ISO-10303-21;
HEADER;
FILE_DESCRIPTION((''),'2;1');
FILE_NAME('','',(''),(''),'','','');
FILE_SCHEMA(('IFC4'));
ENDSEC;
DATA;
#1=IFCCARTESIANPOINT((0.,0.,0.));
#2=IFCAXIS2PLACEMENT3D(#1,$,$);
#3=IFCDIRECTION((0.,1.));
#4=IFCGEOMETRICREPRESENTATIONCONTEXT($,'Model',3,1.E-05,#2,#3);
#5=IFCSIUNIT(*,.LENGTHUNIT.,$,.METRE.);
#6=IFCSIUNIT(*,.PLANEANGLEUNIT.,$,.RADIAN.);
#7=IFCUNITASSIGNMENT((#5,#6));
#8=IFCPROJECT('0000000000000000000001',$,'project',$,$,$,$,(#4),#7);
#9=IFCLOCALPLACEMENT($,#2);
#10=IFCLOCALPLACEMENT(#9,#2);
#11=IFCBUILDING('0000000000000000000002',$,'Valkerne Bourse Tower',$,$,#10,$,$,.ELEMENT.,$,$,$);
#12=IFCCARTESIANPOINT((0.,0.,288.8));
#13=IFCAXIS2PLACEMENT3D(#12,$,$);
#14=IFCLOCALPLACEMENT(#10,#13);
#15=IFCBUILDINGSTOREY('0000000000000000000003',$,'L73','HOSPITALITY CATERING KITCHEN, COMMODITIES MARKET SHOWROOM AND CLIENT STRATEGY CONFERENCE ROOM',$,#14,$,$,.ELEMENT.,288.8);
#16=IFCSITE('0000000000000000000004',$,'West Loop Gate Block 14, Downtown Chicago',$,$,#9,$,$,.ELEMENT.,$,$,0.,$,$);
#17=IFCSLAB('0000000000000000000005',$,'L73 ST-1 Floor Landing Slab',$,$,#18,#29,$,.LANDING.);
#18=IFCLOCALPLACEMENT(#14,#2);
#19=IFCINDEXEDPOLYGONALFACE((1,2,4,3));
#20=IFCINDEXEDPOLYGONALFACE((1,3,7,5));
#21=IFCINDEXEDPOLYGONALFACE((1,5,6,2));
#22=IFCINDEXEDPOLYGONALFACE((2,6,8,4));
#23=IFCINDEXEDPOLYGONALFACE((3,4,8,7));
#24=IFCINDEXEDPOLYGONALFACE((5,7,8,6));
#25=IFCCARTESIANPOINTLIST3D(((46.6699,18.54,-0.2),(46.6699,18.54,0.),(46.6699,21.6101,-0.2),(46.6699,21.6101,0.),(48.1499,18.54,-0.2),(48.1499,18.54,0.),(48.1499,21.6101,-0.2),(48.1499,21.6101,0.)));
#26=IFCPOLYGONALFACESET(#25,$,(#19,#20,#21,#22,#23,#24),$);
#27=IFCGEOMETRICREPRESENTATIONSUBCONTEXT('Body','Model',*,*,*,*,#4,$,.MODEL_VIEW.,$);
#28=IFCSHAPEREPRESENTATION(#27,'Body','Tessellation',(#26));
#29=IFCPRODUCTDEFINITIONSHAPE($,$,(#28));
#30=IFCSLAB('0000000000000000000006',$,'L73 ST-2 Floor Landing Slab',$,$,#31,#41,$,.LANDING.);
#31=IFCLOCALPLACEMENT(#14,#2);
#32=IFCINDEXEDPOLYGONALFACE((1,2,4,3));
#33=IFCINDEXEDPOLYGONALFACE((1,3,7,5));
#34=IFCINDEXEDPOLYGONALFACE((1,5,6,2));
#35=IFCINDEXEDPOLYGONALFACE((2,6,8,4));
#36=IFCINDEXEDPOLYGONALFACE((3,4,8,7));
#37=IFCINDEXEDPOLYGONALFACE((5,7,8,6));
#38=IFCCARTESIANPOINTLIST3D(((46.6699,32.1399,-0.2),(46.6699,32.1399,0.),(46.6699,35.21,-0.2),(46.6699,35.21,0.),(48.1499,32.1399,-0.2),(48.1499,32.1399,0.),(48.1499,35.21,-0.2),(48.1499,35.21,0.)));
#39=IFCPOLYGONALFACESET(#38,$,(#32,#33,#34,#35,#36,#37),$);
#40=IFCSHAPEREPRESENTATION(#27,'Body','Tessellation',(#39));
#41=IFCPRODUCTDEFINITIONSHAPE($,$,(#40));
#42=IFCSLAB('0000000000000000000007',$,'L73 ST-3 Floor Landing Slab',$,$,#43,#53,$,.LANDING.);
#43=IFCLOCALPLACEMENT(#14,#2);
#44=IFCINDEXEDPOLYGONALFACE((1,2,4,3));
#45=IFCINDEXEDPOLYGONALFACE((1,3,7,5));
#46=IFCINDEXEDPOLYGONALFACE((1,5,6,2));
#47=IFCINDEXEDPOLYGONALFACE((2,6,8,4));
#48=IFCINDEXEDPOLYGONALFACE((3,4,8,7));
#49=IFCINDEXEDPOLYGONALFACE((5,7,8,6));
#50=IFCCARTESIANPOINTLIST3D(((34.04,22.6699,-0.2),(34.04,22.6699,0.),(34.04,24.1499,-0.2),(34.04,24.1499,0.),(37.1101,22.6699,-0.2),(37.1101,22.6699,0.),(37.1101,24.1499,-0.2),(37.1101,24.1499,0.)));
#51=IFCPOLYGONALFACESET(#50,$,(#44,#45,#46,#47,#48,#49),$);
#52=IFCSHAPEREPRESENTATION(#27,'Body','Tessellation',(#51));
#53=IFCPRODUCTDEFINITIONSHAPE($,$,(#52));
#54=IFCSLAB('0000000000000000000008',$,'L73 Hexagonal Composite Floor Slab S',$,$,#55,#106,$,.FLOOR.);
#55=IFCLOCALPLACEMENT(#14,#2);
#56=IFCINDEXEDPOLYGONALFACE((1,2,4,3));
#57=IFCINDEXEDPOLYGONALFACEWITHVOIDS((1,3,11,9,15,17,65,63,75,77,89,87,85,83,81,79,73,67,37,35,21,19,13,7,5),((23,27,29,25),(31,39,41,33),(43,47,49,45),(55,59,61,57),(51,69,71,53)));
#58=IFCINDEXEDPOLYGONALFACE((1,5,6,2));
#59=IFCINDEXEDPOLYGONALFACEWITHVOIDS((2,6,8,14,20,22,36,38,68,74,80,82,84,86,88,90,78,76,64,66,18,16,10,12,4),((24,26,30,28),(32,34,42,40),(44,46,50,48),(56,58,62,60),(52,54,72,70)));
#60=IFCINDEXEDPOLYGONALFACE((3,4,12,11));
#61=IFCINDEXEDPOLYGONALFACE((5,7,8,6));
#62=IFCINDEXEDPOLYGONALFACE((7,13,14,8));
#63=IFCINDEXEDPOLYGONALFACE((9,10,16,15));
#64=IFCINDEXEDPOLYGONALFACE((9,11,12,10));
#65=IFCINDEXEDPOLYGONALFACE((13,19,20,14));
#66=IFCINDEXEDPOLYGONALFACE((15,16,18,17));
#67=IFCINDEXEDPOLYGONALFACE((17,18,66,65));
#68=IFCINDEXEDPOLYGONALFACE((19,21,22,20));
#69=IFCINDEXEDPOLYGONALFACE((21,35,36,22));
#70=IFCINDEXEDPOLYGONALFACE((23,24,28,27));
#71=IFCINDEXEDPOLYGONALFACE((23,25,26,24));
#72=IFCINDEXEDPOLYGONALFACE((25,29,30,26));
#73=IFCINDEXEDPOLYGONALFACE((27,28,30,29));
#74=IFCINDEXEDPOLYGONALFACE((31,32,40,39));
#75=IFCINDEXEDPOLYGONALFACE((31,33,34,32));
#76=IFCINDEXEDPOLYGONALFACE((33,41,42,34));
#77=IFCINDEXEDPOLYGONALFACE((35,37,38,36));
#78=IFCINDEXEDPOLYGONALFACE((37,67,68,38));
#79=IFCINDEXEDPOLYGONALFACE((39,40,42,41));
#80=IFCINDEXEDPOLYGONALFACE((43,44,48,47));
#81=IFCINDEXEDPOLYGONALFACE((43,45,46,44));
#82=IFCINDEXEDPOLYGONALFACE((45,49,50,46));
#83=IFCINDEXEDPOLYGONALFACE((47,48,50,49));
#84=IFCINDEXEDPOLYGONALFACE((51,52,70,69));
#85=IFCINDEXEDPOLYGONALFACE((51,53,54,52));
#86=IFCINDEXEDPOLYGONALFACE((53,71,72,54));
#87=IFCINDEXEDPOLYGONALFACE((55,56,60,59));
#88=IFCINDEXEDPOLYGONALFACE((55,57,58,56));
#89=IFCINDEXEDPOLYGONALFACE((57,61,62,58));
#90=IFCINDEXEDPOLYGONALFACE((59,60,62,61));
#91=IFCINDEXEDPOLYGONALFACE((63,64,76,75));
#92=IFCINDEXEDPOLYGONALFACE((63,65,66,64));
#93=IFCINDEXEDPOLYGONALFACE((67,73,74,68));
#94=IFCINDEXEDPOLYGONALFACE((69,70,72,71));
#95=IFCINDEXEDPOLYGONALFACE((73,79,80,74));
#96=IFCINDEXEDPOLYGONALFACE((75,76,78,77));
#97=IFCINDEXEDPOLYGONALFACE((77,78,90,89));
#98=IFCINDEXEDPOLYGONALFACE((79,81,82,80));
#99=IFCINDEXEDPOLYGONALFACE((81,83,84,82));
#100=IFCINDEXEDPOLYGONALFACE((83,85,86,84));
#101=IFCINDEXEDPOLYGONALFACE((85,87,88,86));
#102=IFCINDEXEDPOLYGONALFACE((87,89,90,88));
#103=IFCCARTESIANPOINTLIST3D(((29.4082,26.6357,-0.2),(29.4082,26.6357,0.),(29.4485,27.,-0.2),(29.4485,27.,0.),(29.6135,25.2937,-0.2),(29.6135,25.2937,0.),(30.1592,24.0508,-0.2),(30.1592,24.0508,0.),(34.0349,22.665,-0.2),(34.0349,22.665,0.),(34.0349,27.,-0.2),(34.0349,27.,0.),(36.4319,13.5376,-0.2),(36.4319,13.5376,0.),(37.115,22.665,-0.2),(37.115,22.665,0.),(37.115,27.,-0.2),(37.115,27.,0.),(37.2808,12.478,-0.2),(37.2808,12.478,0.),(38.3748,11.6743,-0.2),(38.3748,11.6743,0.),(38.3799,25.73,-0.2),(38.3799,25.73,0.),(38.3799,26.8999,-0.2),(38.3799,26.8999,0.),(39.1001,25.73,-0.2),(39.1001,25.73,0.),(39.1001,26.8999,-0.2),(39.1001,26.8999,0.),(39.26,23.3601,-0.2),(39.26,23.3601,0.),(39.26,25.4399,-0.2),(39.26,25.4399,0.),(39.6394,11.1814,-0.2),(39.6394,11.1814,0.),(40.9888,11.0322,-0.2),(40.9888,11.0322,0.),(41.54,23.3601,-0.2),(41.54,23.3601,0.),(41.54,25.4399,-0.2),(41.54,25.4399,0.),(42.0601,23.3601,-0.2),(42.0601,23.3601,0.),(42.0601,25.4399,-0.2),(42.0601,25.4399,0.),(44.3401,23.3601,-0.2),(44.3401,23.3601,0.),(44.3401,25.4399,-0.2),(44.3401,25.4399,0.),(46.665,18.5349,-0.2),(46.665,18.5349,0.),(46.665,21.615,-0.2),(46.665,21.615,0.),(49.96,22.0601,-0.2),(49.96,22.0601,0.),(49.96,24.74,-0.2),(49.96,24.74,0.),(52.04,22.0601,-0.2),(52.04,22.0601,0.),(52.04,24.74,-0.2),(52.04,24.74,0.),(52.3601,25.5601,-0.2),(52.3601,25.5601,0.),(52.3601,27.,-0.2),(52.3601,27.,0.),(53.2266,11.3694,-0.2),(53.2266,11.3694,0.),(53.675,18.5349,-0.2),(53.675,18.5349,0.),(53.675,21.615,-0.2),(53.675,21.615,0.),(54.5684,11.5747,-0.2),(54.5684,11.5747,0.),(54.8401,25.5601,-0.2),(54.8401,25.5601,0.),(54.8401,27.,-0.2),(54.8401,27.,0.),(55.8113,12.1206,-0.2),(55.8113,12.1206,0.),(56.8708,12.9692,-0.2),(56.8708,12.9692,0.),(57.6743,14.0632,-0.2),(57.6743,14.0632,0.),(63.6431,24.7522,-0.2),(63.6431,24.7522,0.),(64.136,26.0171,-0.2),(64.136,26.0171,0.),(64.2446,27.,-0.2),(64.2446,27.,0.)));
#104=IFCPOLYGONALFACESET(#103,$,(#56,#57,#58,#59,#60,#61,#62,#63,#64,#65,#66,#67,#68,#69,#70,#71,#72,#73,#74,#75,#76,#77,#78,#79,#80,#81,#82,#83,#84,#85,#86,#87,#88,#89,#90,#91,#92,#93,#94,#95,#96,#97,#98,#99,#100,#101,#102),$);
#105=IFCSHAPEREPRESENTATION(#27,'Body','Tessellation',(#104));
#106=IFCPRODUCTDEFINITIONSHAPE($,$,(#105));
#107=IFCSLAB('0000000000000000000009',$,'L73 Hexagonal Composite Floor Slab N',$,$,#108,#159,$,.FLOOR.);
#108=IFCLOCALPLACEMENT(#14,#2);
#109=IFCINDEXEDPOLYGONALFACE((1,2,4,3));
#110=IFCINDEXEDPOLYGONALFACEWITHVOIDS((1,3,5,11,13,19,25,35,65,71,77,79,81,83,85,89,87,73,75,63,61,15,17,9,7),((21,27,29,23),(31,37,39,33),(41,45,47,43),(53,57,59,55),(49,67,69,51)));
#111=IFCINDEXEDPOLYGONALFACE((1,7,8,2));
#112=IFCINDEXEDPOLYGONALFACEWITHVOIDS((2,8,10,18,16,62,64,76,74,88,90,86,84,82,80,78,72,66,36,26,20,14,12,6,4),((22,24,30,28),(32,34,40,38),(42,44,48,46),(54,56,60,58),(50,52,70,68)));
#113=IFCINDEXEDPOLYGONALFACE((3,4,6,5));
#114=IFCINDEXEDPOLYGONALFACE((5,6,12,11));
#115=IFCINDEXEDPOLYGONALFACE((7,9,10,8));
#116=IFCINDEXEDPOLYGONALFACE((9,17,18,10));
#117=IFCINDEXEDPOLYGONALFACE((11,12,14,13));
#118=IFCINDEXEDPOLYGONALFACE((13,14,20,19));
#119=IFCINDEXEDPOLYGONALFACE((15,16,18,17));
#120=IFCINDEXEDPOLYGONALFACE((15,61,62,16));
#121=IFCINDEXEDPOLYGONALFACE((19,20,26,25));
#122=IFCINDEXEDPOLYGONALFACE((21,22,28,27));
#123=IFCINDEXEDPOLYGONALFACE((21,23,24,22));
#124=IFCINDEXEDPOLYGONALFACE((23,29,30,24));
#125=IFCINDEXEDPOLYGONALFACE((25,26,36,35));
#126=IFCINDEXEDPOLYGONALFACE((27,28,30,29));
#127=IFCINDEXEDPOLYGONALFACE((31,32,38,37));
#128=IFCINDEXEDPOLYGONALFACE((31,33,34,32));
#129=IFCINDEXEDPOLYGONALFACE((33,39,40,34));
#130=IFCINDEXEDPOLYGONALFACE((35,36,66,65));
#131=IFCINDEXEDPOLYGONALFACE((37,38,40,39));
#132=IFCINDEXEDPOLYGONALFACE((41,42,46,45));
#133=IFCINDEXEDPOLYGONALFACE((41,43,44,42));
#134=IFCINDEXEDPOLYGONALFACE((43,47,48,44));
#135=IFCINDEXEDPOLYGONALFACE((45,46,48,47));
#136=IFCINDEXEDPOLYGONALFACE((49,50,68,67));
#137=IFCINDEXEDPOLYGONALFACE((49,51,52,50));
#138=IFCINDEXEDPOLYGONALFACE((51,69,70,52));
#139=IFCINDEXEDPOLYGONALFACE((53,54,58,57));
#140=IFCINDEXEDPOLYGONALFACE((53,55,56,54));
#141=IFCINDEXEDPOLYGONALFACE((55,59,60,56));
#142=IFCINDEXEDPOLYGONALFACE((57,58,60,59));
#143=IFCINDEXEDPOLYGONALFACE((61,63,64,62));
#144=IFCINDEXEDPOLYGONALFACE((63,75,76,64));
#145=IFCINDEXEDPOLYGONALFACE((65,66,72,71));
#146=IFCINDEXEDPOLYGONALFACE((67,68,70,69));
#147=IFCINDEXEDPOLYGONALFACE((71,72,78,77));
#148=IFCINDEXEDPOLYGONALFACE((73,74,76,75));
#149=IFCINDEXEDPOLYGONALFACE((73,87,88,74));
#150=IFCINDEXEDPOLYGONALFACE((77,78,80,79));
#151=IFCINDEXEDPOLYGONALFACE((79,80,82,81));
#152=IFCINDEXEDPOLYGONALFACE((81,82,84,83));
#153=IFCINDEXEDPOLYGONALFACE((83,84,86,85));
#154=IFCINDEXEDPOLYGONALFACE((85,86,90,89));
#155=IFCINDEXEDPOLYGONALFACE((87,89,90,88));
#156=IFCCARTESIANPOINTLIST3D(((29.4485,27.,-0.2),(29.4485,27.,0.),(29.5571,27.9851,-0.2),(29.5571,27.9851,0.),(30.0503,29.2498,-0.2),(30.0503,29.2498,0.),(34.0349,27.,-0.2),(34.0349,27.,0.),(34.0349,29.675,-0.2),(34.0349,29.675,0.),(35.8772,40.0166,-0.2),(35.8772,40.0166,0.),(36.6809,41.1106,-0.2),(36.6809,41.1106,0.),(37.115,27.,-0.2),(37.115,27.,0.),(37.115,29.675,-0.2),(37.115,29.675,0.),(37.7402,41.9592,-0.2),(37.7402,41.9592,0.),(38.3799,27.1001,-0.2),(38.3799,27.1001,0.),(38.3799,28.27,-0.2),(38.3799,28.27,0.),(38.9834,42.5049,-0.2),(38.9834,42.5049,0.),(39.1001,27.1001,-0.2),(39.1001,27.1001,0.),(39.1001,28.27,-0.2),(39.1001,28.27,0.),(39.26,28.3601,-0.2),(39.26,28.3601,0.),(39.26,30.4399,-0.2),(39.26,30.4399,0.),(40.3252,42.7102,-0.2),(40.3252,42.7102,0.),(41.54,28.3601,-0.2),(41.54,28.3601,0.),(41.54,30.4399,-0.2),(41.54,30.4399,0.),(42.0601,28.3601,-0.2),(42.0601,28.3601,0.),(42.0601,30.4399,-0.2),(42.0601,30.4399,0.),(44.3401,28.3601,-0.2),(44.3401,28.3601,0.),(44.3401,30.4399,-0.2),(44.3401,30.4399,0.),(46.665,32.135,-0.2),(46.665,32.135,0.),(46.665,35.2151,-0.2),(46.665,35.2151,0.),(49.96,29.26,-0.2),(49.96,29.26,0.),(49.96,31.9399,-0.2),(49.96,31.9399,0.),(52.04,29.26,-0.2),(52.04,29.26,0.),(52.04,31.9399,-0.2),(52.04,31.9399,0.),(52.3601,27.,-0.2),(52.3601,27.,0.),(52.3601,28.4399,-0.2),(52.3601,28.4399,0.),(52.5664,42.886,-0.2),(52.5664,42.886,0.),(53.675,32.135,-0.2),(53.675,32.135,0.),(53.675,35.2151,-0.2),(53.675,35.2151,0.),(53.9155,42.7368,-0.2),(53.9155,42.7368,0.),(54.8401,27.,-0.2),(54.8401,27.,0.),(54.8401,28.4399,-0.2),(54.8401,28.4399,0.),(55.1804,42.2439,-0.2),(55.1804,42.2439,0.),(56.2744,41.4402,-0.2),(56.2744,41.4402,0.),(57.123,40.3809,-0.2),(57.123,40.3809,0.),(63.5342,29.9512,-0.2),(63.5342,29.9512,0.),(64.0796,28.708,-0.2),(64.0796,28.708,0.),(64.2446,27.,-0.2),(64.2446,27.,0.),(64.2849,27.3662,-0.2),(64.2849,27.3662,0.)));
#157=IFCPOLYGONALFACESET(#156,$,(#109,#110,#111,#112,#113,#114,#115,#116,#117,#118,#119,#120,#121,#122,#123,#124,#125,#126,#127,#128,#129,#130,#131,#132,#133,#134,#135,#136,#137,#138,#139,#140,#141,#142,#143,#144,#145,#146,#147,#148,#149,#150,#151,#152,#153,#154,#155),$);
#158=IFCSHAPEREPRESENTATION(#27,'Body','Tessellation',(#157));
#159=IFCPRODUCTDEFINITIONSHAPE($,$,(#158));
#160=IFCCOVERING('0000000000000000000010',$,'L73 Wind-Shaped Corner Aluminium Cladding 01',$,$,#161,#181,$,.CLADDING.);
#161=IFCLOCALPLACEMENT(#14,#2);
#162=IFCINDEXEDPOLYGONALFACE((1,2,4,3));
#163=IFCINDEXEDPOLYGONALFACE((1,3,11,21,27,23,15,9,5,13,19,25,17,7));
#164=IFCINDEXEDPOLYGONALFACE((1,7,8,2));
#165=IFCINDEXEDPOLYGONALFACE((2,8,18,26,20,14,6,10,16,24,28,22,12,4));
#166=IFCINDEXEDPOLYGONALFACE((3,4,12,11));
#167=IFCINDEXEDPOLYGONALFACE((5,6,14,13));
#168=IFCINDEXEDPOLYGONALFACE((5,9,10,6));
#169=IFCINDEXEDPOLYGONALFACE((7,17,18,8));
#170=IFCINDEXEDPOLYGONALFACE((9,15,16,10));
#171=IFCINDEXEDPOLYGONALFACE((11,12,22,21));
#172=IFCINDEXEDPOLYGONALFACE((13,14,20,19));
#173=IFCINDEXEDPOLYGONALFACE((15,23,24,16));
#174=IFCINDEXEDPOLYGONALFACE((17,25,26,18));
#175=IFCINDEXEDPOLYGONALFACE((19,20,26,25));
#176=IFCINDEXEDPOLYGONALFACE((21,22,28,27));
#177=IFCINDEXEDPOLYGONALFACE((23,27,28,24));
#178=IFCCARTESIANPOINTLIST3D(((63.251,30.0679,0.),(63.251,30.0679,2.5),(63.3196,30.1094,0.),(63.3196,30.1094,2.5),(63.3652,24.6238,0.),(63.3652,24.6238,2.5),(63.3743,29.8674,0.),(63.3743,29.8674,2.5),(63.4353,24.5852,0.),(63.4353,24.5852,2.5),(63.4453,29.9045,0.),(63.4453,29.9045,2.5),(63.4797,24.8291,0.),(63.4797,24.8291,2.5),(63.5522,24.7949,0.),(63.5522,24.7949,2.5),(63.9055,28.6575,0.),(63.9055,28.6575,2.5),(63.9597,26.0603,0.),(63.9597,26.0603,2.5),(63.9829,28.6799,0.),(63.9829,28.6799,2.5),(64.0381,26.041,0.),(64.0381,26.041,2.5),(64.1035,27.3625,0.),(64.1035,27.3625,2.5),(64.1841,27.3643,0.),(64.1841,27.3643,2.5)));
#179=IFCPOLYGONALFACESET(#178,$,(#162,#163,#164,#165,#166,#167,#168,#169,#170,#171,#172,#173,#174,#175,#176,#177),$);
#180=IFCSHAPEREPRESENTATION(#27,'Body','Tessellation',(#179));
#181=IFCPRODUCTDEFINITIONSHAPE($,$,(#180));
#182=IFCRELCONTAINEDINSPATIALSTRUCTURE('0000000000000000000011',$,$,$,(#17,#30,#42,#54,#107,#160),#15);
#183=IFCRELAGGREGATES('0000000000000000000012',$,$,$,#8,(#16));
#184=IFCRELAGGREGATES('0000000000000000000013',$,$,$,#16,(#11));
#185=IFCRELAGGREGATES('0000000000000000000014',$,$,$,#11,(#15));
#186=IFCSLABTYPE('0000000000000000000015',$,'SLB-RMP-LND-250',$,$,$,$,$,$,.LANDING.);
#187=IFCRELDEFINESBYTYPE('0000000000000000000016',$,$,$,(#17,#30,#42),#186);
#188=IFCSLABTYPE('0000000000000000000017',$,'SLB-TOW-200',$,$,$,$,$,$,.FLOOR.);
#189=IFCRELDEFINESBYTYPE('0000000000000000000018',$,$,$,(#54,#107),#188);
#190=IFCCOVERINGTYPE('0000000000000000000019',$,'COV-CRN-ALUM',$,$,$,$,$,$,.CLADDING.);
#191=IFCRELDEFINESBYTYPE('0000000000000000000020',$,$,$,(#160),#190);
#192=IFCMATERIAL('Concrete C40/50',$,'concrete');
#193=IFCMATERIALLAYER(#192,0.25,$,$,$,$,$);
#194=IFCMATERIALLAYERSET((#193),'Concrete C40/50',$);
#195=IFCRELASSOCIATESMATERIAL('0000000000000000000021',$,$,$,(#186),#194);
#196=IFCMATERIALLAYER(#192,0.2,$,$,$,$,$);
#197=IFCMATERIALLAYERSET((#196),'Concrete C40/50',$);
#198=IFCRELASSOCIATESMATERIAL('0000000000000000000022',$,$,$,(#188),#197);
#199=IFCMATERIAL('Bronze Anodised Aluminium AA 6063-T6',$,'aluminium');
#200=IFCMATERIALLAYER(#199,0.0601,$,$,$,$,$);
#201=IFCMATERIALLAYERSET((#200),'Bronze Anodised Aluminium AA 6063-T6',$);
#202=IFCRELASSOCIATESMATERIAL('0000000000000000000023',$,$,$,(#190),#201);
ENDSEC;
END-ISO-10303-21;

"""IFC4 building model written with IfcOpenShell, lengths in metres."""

from ifc_helpers import new_model, si_unit, direction, frame, origin, place, context, subcontext, project, spatial, polyline, outline, extrude, material, layer, layer_set, type_object, element, save


model = new_model("IFC4")

# Units and contexts
model_context = context("Model", 3, precision=1e-05, world=origin(), true_north=direction((0.0, 1.0)))
body_context = subcontext(model_context, "Body", "Model", "MODEL_VIEW")
ifc_project = project(units=[si_unit("LENGTHUNIT", "METRE"), si_unit("PLANEANGLEUNIT", "RADIAN")], contexts=[model_context])

# Site, building, storey
site_placement = place(None, origin())
site = spatial("IfcSite", under=ifc_project, at=site_placement, Name="West Loop Gate Block 14, Downtown Chicago", CompositionType="ELEMENT", RefElevation=0.0)
building_placement = place(site_placement, origin())
building = spatial("IfcBuilding", under=site, at=building_placement, Name="Valkerne Bourse Tower", CompositionType="ELEMENT")
storey_placement = place(building_placement, frame((0.0, 0.0, 288.8)))
storey = spatial("IfcBuildingStorey", under=building, at=storey_placement, Name="L73", Description="HOSPITALITY CATERING KITCHEN, COMMODITIES MARKET SHOWROOM AND CLIENT STRATEGY CONFERENCE ROOM", CompositionType="ELEMENT", Elevation=288.8)

# Slabs
ifc_material_1 = material(Name="Concrete C40/50", Category="concrete")
ifc_layer_1 = layer(ifc_material_1, 0.25)
ifc_layer_set_1 = layer_set([ifc_layer_1], Name="Concrete C40/50")
slab_type_1 = type_object("IfcSlabType", Name="SLB-RMP-LND-250", PredefinedType="LANDING", material=ifc_layer_set_1)
slab_1_placement = place(storey_placement, frame((0.0, 0.0, -0.2)))
element("IfcSlab", 1, at=slab_1_placement, inside=storey, type_object=slab_type_1, Name="L73 ST-1 Floor Landing Slab", PredefinedType="LANDING", context=body_context, shape_type="SweptSolid", body=[
    extrude(outline(polyline([(46.6699, 18.54), (48.1499, 18.54), (48.1499, 21.6101), (46.6699, 21.6101), (46.6699, 18.54)])), origin(), (0.0, 0.0, 1.0), 0.2),
])
slab_2_placement = place(storey_placement, frame((0.0, 0.0, -0.2)))
element("IfcSlab", 2, at=slab_2_placement, inside=storey, type_object=slab_type_1, Name="L73 ST-2 Floor Landing Slab", PredefinedType="LANDING", context=body_context, shape_type="SweptSolid", body=[
    extrude(outline(polyline([(46.6699, 32.1399), (48.1499, 32.1399), (48.1499, 35.21), (46.6699, 35.21), (46.6699, 32.1399)])), origin(), (0.0, 0.0, 1.0), 0.2),
])
slab_3_placement = place(storey_placement, frame((0.0, 0.0, -0.2)))
element("IfcSlab", 3, at=slab_3_placement, inside=storey, type_object=slab_type_1, Name="L73 ST-3 Floor Landing Slab", PredefinedType="LANDING", context=body_context, shape_type="SweptSolid", body=[
    extrude(outline(polyline([(37.1101, 22.6699), (37.1101, 24.1499), (34.04, 24.1499), (34.04, 22.6699), (37.1101, 22.6699)])), origin(), (0.0, 0.0, 1.0), 0.2),
])
ifc_layer_2 = layer(ifc_material_1, 0.2)
ifc_layer_set_2 = layer_set([ifc_layer_2], Name="Concrete C40/50")
slab_type_2 = type_object("IfcSlabType", Name="SLB-TOW-200", PredefinedType="FLOOR", material=ifc_layer_set_2)
slab_4_placement = place(storey_placement, frame((0.0, 0.0, -0.2)))
element("IfcSlab", 4, at=slab_4_placement, inside=storey, type_object=slab_type_2, Name="L73 Hexagonal Composite Floor Slab S", PredefinedType="FLOOR", context=body_context, shape_type="SweptSolid", body=[
    extrude(outline(polyline([(64.136, 26.0171), (63.6431, 24.7522), (57.6743, 14.0632), (56.8708, 12.9692), (55.8113, 12.1206), (54.5684, 11.5747), (53.2266, 11.3694), (40.9888, 11.0322), (39.6394, 11.1814), (38.3748, 11.6743), (37.2808, 12.478), (36.4319, 13.5376), (30.1592, 24.0508), (29.6135, 25.2937), (29.4082, 26.6357), (29.4485, 27.0), (34.0349, 27.0), (34.0349, 22.665), (37.115, 22.665), (37.115, 27.0), (52.3601, 27.0), (52.3601, 25.5601), (54.8401, 25.5601), (54.8401, 27.0), (64.2446, 27.0), (64.136, 26.0171)]), holes=[polyline([(39.26, 25.4399), (39.26, 23.3601), (41.54, 23.3601), (41.54, 25.4399), (39.26, 25.4399)]), polyline([(44.3401, 25.4399), (42.0601, 25.4399), (42.0601, 23.3601), (44.3401, 23.3601), (44.3401, 25.4399)]), polyline([(38.3799, 26.8999), (38.3799, 25.73), (39.1001, 25.73), (39.1001, 26.8999), (38.3799, 26.8999)]), polyline([(46.665, 21.615), (46.665, 18.5349), (53.675, 18.5349), (53.675, 21.615), (46.665, 21.615)]), polyline([(52.04, 24.74), (49.96, 24.74), (49.96, 22.0601), (52.04, 22.0601), (52.04, 24.74)])]), origin(), (0.0, 0.0, 1.0), 0.2),
])
slab_5_placement = place(storey_placement, frame((0.0, 0.0, -0.2)))
element("IfcSlab", 5, at=slab_5_placement, inside=storey, type_object=slab_type_2, Name="L73 Hexagonal Composite Floor Slab N", PredefinedType="FLOOR", context=body_context, shape_type="SweptSolid", body=[
    extrude(outline(polyline([(64.0796, 28.708), (64.2849, 27.3662), (64.2446, 27.0), (54.8401, 27.0), (54.8401, 28.4399), (52.3601, 28.4399), (52.3601, 27.0), (37.115, 27.0), (37.115, 29.675), (34.0349, 29.675), (34.0349, 27.0), (29.4485, 27.0), (29.5571, 27.9851), (30.0503, 29.2498), (35.8772, 40.0166), (36.6809, 41.1106), (37.7402, 41.9592), (38.9834, 42.5049), (40.3252, 42.7102), (52.5664, 42.886), (53.9155, 42.7368), (55.1804, 42.2439), (56.2744, 41.4402), (57.123, 40.3809), (63.5342, 29.9512), (64.0796, 28.708)]), holes=[polyline([(39.1001, 28.27), (38.3799, 28.27), (38.3799, 27.1001), (39.1001, 27.1001), (39.1001, 28.27)]), polyline([(41.54, 30.4399), (39.26, 30.4399), (39.26, 28.3601), (41.54, 28.3601), (41.54, 30.4399)]), polyline([(42.0601, 30.4399), (42.0601, 28.3601), (44.3401, 28.3601), (44.3401, 30.4399), (42.0601, 30.4399)]), polyline([(52.04, 31.9399), (49.96, 31.9399), (49.96, 29.26), (52.04, 29.26), (52.04, 31.9399)]), polyline([(53.675, 35.2151), (46.665, 35.2151), (46.665, 32.135), (53.675, 32.135), (53.675, 35.2151)])]), origin(), (0.0, 0.0, 1.0), 0.2),
])

# Covering
ifc_material_2 = material(Name="Bronze Anodised Aluminium AA 6063-T6", Category="aluminium")
ifc_layer_3 = layer(ifc_material_2, 0.0601)
ifc_layer_set_3 = layer_set([ifc_layer_3], Name="Bronze Anodised Aluminium AA 6063-T6")
covering_type = type_object("IfcCoveringType", Name="COV-CRN-ALUM", PredefinedType="CLADDING", material=ifc_layer_set_3)
covering_1_placement = place(storey_placement, origin())
element("IfcCovering", 6, at=covering_1_placement, inside=storey, type_object=covering_type, Name="L73 Wind-Shaped Corner Aluminium Cladding 01", PredefinedType="CLADDING", context=body_context, shape_type="SweptSolid", body=[
    extrude(outline(polyline([(63.9829, 28.6799), (64.1841, 27.3643), (64.0381, 26.041), (63.5522, 24.7949), (63.4353, 24.5852), (63.3652, 24.6238), (63.4797, 24.8291), (63.9597, 26.0603), (64.1035, 27.3625), (63.9055, 28.6575), (63.3743, 29.8674), (63.251, 30.0679), (63.3196, 30.1094), (63.4453, 29.9045), (63.9829, 28.6799)])), origin(), (0.0, 0.0, 1.0), 2.5),
])

save(model, "model.ifc")
